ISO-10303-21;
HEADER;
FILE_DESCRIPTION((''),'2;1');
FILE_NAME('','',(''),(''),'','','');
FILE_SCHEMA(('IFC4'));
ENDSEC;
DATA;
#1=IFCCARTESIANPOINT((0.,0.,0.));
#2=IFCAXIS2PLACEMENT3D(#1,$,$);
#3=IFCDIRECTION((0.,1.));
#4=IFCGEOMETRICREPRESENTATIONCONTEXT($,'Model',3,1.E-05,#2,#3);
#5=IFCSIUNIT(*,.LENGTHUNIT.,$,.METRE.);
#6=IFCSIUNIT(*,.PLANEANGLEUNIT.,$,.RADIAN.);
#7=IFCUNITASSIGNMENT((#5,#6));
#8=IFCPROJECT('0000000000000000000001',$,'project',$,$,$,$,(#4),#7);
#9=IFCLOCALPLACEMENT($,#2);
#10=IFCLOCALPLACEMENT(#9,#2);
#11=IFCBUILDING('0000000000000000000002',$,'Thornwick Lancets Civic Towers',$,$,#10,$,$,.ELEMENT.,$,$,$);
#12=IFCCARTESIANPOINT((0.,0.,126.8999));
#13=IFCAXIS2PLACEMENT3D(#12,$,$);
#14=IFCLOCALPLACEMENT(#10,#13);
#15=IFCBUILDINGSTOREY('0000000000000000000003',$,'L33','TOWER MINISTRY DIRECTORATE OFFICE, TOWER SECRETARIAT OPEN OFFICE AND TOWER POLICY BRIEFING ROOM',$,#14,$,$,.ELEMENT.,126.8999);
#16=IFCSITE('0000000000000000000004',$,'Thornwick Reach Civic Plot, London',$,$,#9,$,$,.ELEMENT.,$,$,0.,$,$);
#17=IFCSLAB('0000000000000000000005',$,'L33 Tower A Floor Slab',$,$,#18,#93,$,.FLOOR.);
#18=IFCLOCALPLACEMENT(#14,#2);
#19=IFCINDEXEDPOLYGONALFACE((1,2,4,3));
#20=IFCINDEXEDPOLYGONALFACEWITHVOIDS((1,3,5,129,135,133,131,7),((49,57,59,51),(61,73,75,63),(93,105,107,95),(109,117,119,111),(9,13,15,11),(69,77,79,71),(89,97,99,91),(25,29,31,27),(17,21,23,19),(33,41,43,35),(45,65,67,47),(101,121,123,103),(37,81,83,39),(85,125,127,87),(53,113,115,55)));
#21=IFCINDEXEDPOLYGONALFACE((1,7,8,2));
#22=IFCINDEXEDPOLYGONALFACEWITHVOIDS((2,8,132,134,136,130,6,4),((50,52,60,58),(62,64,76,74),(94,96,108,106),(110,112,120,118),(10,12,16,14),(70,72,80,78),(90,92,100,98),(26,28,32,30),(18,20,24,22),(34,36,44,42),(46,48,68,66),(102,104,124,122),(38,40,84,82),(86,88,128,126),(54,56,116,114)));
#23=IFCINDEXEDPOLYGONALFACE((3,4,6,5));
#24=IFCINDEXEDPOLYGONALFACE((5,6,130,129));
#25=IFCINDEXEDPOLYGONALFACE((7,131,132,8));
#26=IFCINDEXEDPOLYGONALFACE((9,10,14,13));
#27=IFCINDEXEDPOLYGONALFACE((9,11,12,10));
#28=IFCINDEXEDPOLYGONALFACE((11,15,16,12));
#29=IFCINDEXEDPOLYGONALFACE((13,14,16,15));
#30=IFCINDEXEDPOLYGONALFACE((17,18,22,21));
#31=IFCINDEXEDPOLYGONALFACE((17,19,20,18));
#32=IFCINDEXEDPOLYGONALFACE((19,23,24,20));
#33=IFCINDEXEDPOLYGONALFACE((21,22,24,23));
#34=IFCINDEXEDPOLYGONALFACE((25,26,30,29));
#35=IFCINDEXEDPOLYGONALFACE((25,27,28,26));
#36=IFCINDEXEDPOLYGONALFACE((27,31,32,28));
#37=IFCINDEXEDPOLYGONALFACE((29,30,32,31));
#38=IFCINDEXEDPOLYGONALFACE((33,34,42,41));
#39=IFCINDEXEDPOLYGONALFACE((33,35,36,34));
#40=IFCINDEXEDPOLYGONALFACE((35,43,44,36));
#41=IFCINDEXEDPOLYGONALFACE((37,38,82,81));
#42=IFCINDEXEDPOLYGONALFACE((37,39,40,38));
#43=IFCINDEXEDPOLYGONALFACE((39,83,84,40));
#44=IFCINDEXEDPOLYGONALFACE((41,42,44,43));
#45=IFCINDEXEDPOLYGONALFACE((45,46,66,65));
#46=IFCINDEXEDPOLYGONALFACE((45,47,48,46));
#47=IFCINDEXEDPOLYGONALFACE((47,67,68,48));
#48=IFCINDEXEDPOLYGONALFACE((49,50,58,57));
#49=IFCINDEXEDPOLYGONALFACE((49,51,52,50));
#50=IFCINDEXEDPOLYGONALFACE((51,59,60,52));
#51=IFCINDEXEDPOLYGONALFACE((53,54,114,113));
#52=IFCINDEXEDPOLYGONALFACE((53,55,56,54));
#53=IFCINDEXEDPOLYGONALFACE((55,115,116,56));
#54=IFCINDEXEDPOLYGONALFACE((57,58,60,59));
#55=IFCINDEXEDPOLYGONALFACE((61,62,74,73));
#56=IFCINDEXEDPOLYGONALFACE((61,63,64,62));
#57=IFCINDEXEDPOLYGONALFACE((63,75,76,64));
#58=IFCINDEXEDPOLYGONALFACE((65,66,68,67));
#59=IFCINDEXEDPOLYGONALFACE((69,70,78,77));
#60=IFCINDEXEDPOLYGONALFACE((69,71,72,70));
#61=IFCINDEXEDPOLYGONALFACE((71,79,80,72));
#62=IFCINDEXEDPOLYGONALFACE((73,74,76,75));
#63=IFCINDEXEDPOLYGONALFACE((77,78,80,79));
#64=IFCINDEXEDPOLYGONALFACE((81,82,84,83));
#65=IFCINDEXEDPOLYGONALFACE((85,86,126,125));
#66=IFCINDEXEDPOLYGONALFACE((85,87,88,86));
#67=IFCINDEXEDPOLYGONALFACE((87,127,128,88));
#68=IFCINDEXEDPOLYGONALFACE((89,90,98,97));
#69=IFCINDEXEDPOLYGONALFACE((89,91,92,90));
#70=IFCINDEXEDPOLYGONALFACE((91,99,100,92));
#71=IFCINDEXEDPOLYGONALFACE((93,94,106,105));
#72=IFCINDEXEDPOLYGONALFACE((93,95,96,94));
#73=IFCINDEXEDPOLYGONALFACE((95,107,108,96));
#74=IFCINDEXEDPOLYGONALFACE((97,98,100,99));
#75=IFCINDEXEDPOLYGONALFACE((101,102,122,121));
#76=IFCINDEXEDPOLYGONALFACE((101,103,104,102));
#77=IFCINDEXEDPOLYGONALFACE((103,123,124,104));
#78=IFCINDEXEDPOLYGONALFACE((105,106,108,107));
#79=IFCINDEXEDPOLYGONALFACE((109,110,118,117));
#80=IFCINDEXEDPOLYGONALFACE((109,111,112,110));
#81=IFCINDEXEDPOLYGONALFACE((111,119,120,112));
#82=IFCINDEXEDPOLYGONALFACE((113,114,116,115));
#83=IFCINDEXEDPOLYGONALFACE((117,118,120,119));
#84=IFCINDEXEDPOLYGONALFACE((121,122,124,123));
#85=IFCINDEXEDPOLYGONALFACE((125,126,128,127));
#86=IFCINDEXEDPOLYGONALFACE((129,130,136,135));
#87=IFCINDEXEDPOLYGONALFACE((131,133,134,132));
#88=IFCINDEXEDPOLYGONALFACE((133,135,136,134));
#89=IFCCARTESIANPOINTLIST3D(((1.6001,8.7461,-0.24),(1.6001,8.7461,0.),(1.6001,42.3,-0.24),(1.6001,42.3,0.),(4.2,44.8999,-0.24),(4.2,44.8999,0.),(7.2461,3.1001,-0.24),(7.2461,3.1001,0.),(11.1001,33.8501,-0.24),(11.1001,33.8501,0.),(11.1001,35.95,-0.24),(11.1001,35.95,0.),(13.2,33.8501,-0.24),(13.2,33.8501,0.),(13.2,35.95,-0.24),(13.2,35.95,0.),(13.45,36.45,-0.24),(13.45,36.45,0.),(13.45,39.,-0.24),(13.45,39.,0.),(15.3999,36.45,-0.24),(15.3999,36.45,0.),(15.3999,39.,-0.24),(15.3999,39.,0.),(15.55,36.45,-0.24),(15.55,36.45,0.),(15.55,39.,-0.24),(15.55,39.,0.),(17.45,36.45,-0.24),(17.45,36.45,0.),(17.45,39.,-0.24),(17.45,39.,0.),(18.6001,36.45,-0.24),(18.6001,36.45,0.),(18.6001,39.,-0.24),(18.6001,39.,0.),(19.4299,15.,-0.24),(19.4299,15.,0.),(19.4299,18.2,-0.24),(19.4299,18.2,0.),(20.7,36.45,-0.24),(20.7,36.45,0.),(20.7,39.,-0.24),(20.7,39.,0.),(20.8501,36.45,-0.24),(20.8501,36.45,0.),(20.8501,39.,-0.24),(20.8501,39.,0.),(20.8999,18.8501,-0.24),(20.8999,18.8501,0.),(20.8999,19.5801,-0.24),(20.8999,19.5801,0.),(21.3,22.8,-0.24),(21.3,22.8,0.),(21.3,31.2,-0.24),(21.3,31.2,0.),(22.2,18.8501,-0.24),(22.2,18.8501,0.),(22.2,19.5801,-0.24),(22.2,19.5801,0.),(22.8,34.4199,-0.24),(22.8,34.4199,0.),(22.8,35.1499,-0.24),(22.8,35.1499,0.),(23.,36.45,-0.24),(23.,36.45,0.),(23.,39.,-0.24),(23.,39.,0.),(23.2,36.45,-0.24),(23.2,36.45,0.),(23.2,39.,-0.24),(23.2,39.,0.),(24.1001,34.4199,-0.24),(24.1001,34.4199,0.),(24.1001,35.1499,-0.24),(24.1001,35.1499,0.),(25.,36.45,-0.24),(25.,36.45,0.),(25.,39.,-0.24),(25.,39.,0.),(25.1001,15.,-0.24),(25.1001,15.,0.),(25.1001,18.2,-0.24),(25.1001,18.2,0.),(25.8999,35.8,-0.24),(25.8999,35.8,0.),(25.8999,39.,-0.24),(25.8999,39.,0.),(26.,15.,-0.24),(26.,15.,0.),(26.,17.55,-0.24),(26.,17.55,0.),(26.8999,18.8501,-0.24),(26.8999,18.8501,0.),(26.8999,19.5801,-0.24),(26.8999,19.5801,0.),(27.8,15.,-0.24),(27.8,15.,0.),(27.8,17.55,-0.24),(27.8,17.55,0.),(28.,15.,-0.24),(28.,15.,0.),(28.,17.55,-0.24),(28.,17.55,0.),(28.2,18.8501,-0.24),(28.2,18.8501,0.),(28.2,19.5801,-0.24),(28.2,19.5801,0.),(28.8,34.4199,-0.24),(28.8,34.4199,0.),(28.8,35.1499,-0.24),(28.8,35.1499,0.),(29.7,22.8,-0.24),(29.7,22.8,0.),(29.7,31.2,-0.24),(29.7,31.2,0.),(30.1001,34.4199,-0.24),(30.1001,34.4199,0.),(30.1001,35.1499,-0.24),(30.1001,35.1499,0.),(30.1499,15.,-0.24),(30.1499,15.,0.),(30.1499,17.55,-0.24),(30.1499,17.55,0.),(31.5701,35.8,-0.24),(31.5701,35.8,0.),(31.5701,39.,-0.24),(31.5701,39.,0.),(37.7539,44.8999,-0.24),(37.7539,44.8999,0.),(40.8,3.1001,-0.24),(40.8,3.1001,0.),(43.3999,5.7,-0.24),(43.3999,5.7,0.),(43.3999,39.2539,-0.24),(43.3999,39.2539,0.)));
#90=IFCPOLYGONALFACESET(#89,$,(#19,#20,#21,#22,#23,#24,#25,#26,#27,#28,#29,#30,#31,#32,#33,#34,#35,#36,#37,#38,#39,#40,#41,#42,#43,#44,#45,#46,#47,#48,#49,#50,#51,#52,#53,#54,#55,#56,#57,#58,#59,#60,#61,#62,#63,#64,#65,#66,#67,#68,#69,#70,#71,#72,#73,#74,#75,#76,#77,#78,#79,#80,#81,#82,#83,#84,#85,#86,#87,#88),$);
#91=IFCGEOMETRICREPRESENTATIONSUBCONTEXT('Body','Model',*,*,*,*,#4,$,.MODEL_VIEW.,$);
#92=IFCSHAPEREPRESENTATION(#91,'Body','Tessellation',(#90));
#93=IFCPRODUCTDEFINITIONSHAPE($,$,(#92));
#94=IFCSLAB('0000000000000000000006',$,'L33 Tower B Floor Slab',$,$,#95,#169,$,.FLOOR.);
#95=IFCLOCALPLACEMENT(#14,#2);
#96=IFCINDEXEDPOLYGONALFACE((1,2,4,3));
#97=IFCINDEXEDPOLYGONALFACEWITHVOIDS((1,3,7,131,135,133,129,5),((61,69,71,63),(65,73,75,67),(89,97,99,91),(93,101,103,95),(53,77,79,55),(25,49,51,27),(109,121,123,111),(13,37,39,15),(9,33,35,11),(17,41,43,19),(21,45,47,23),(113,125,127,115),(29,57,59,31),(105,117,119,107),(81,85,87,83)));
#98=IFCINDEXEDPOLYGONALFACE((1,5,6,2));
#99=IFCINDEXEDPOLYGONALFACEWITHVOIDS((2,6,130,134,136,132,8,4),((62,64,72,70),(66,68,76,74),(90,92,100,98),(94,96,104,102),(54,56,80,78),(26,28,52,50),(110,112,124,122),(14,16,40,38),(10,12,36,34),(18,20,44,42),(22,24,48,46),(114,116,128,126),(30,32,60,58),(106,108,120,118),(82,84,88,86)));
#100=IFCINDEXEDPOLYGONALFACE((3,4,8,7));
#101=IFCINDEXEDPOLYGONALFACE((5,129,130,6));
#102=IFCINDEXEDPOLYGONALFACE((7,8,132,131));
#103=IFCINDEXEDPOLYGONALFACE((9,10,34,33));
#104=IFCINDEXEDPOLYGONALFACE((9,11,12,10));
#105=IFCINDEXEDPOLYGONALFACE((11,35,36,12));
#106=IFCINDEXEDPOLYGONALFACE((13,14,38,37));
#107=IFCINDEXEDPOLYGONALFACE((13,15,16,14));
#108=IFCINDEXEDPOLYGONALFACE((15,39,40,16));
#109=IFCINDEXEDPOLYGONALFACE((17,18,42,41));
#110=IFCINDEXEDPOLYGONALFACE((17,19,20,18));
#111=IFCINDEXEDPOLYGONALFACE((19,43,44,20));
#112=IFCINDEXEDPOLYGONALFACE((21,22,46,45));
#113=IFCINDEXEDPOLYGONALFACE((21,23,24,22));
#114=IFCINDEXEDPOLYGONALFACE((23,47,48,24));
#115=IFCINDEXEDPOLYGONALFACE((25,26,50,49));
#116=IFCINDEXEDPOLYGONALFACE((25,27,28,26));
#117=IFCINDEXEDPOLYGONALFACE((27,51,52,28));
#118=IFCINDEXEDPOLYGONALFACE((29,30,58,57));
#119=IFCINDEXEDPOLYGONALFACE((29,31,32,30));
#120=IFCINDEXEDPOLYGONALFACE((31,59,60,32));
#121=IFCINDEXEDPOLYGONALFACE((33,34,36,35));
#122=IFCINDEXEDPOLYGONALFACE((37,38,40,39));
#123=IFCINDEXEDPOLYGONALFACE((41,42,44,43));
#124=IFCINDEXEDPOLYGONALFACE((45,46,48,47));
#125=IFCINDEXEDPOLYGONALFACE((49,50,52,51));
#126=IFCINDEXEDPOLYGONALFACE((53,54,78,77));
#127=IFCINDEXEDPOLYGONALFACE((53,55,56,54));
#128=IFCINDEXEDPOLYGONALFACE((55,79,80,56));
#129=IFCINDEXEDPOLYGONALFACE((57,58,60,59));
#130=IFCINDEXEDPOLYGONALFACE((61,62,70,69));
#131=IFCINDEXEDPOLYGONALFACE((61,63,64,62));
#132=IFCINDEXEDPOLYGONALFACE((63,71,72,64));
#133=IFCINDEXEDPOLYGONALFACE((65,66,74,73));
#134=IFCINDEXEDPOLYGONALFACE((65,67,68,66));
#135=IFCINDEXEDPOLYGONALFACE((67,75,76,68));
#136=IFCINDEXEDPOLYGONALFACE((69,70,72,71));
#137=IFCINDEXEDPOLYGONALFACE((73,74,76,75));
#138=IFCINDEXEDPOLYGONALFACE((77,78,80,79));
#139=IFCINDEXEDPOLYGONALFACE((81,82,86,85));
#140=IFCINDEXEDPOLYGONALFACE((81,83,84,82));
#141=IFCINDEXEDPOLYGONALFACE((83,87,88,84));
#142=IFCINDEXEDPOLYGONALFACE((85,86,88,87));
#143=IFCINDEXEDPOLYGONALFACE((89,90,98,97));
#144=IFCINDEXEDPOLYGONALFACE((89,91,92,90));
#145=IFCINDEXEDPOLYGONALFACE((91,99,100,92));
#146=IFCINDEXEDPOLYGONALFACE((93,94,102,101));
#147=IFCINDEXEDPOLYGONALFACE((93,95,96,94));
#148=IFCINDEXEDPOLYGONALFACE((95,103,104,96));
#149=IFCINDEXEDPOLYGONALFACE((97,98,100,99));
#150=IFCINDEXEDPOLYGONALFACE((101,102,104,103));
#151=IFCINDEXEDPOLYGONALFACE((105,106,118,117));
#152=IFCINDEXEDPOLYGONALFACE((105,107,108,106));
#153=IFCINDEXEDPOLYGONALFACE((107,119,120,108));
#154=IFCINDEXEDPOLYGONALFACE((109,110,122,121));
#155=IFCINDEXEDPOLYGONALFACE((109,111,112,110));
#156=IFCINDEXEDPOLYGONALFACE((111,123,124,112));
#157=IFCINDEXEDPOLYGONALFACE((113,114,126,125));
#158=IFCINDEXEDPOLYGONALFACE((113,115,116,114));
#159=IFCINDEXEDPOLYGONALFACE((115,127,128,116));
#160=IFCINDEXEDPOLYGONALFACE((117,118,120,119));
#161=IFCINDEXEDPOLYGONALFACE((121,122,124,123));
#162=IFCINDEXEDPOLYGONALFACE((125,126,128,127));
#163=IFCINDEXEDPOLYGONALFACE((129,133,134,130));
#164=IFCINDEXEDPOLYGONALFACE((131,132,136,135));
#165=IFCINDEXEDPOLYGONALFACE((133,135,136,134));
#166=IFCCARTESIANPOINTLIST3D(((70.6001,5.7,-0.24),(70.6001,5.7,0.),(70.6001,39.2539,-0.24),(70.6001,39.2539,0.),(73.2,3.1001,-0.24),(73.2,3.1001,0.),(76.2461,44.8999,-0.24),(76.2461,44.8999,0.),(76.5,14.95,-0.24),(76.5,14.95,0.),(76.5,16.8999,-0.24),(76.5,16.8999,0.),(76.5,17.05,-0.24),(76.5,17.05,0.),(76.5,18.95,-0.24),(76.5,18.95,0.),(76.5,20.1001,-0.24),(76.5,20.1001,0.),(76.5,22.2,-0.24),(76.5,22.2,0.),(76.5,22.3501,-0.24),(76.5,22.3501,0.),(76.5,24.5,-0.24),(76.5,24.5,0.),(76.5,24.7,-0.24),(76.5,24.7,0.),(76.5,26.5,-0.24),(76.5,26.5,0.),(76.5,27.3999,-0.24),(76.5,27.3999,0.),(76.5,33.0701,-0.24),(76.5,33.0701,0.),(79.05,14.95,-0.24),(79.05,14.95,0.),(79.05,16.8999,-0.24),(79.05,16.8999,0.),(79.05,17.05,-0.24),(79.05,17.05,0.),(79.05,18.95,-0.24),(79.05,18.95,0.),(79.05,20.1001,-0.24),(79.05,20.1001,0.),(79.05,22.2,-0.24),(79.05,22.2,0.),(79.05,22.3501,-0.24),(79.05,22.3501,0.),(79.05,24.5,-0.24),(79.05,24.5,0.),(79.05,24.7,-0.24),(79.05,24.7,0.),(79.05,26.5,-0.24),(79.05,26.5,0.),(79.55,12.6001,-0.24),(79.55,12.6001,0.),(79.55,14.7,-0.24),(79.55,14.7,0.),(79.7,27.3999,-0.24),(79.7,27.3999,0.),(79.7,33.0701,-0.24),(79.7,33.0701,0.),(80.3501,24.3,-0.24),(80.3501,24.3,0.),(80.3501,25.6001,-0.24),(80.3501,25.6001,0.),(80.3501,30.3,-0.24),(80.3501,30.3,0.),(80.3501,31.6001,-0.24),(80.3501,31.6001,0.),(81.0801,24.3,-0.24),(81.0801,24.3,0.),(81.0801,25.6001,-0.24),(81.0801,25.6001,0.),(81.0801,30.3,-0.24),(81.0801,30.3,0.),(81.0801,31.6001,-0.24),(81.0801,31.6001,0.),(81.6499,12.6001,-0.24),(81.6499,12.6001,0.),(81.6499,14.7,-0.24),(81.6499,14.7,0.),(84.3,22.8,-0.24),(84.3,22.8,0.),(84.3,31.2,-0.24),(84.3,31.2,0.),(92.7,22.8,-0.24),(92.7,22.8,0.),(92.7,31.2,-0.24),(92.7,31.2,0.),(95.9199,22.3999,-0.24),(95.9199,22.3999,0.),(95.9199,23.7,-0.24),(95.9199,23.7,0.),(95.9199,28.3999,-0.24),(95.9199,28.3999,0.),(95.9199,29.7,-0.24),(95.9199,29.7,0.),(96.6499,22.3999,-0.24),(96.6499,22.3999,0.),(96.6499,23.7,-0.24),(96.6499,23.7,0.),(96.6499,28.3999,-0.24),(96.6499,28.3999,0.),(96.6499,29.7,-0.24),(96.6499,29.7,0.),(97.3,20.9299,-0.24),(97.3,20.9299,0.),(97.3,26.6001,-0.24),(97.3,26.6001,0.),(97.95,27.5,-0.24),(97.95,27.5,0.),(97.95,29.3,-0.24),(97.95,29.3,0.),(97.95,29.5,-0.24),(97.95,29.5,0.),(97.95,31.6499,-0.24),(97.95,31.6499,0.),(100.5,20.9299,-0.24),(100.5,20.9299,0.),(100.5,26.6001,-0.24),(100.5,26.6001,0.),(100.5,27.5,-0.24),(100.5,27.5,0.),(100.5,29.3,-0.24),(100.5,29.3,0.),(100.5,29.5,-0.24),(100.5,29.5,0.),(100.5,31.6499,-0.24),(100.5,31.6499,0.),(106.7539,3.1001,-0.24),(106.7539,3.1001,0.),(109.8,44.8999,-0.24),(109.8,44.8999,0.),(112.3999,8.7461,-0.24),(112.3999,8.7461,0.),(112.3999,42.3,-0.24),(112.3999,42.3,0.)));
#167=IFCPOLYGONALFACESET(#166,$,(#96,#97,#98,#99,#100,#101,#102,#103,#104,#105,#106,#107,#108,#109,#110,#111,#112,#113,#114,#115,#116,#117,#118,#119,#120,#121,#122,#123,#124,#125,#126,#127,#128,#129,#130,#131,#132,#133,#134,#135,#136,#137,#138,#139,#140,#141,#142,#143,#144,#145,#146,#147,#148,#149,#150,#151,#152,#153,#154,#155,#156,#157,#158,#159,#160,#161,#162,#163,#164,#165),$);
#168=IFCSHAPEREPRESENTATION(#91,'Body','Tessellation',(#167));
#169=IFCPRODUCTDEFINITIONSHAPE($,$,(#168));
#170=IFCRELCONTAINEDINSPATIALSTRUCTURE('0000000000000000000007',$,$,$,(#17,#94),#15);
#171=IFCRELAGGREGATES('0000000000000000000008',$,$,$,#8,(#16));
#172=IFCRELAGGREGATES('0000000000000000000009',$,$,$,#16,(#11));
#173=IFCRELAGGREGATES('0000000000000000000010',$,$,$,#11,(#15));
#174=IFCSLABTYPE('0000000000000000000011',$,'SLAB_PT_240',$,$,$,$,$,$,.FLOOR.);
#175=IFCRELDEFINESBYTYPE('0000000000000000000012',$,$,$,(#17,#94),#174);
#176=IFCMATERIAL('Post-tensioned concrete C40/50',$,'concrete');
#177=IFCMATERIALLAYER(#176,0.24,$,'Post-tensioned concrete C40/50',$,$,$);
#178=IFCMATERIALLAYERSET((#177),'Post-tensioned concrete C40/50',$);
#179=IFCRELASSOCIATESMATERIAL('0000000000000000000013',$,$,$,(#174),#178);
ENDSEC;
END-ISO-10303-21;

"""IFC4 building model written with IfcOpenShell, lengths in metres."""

from ifc_helpers import new_model, si_unit, direction, frame, origin, place, context, subcontext, project, spatial, polyline, outline, extrude, material, layer, layer_set, type_object, element, save


model = new_model("IFC4")

# Units and contexts
model_context = context("Model", 3, precision=1e-05, world=origin(), true_north=direction((0.0, 1.0)))
body_context = subcontext(model_context, "Body", "Model", "MODEL_VIEW")
ifc_project = project(units=[si_unit("LENGTHUNIT", "METRE"), si_unit("PLANEANGLEUNIT", "RADIAN")], contexts=[model_context])

# Site, building, storey
site_placement = place(None, origin())
site = spatial("IfcSite", under=ifc_project, at=site_placement, Name="Thornwick Reach Civic Plot, London", CompositionType="ELEMENT", RefElevation=0.0)
building_placement = place(site_placement, origin())
building = spatial("IfcBuilding", under=site, at=building_placement, Name="Thornwick Lancets Civic Towers", CompositionType="ELEMENT")
storey_placement = place(building_placement, frame((0.0, 0.0, 126.8999)))
storey = spatial("IfcBuildingStorey", under=building, at=storey_placement, Name="L33", Description="TOWER MINISTRY DIRECTORATE OFFICE, TOWER SECRETARIAT OPEN OFFICE AND TOWER POLICY BRIEFING ROOM", CompositionType="ELEMENT", Elevation=126.8999)

# Shared definitions
ifc_material_1 = material(Name="Post-tensioned concrete C40/50", Category="concrete")

# Slabs
ifc_layer_1 = layer(ifc_material_1, 0.24, Name="Post-tensioned concrete C40/50")
ifc_layer_set_1 = layer_set([ifc_layer_1], Name="Post-tensioned concrete C40/50")
slab_type_1 = type_object("IfcSlabType", Name="SLAB_PT_240", PredefinedType="FLOOR", material=ifc_layer_set_1)
slab_1_placement = place(storey_placement, frame((0.0, 0.0, -0.24)))
element("IfcSlab", 1, at=slab_1_placement, inside=storey, type_object=slab_type_1, Name="L33 Tower A Floor Slab", PredefinedType="FLOOR", context=body_context, shape_type="SweptSolid", body=[
    extrude(outline(polyline([(7.2461, 3.1001), (40.8, 3.1001), (43.3999, 5.7), (43.3999, 39.2539), (37.7539, 44.8999), (4.2, 44.8999), (1.6001, 42.3), (1.6001, 8.7461), (7.2461, 3.1001)]), holes=[polyline([(21.3, 22.8), (29.7, 22.8), (29.7, 31.2), (21.3, 31.2), (21.3, 22.8)]), polyline([(19.4299, 15.0), (25.1001, 15.0), (25.1001, 18.2), (19.4299, 18.2), (19.4299, 15.0)]), polyline([(31.5701, 39.0), (25.8999, 39.0), (25.8999, 35.8), (31.5701, 35.8), (31.5701, 39.0)]), polyline([(26.0, 15.0), (27.8, 15.0), (27.8, 17.55), (26.0, 17.55), (26.0, 15.0)]), polyline([(28.0, 15.0), (30.1499, 15.0), (30.1499, 17.55), (28.0, 17.55), (28.0, 15.0)]), polyline([(23.2, 36.45), (25.0, 36.45), (25.0, 39.0), (23.2, 39.0), (23.2, 36.45)]), polyline([(20.8501, 36.45), (23.0, 36.45), (23.0, 39.0), (20.8501, 39.0), (20.8501, 36.45)]), polyline([(18.6001, 36.45), (20.7, 36.45), (20.7, 39.0), (18.6001, 39.0), (18.6001, 36.45)]), polyline([(15.55, 36.45), (17.45, 36.45), (17.45, 39.0), (15.55, 39.0), (15.55, 36.45)]), polyline([(13.45, 36.45), (15.3999, 36.45), (15.3999, 39.0), (13.45, 39.0), (13.45, 36.45)]), polyline([(11.1001, 33.8501), (13.2, 33.8501), (13.2, 35.95), (11.1001, 35.95), (11.1001, 33.8501)]), polyline([(26.8999, 18.8501), (28.2, 18.8501), (28.2, 19.5801), (26.8999, 19.5801), (26.8999, 18.8501)]), polyline([(20.8999, 18.8501), (22.2, 18.8501), (22.2, 19.5801), (20.8999, 19.5801), (20.8999, 18.8501)]), polyline([(22.8, 34.4199), (24.1001, 34.4199), (24.1001, 35.1499), (22.8, 35.1499), (22.8, 34.4199)]), polyline([(28.8, 34.4199), (30.1001, 34.4199), (30.1001, 35.1499), (28.8, 35.1499), (28.8, 34.4199)])]), origin(), (0.0, 0.0, 1.0), 0.24),
])
slab_2_placement = place(storey_placement, frame((0.0, 0.0, -0.24)))
element("IfcSlab", 2, at=slab_2_placement, inside=storey, type_object=slab_type_1, Name="L33 Tower B Floor Slab", PredefinedType="FLOOR", context=body_context, shape_type="SweptSolid", body=[
    extrude(outline(polyline([(73.2, 3.1001), (106.7539, 3.1001), (112.3999, 8.7461), (112.3999, 42.3), (109.8, 44.8999), (76.2461, 44.8999), (70.6001, 39.2539), (70.6001, 5.7), (73.2, 3.1001)]), holes=[polyline([(84.3, 22.8), (92.7, 22.8), (92.7, 31.2), (84.3, 31.2), (84.3, 22.8)]), polyline([(100.5, 20.9299), (100.5, 26.6001), (97.3, 26.6001), (97.3, 20.9299), (100.5, 20.9299)]), polyline([(76.5, 33.0701), (76.5, 27.3999), (79.7, 27.3999), (79.7, 33.0701), (76.5, 33.0701)]), polyline([(97.95, 27.5), (100.5, 27.5), (100.5, 29.3), (97.95, 29.3), (97.95, 27.5)]), polyline([(97.95, 29.5), (100.5, 29.5), (100.5, 31.6499), (97.95, 31.6499), (97.95, 29.5)]), polyline([(76.5, 24.7), (79.05, 24.7), (79.05, 26.5), (76.5, 26.5), (76.5, 24.7)]), polyline([(76.5, 22.3501), (79.05, 22.3501), (79.05, 24.5), (76.5, 24.5), (76.5, 22.3501)]), polyline([(76.5, 20.1001), (79.05, 20.1001), (79.05, 22.2), (76.5, 22.2), (76.5, 20.1001)]), polyline([(76.5, 17.05), (79.05, 17.05), (79.05, 18.95), (76.5, 18.95), (76.5, 17.05)]), polyline([(76.5, 14.95), (79.05, 14.95), (79.05, 16.8999), (76.5, 16.8999), (76.5, 14.95)]), polyline([(79.55, 12.6001), (81.6499, 12.6001), (81.6499, 14.7), (79.55, 14.7), (79.55, 12.6001)]), polyline([(95.9199, 28.3999), (96.6499, 28.3999), (96.6499, 29.7), (95.9199, 29.7), (95.9199, 28.3999)]), polyline([(95.9199, 22.3999), (96.6499, 22.3999), (96.6499, 23.7), (95.9199, 23.7), (95.9199, 22.3999)]), polyline([(80.3501, 24.3), (81.0801, 24.3), (81.0801, 25.6001), (80.3501, 25.6001), (80.3501, 24.3)]), polyline([(80.3501, 30.3), (81.0801, 30.3), (81.0801, 31.6001), (80.3501, 31.6001), (80.3501, 30.3)])]), origin(), (0.0, 0.0, 1.0), 0.24),
])

save(model, "model.ifc")
